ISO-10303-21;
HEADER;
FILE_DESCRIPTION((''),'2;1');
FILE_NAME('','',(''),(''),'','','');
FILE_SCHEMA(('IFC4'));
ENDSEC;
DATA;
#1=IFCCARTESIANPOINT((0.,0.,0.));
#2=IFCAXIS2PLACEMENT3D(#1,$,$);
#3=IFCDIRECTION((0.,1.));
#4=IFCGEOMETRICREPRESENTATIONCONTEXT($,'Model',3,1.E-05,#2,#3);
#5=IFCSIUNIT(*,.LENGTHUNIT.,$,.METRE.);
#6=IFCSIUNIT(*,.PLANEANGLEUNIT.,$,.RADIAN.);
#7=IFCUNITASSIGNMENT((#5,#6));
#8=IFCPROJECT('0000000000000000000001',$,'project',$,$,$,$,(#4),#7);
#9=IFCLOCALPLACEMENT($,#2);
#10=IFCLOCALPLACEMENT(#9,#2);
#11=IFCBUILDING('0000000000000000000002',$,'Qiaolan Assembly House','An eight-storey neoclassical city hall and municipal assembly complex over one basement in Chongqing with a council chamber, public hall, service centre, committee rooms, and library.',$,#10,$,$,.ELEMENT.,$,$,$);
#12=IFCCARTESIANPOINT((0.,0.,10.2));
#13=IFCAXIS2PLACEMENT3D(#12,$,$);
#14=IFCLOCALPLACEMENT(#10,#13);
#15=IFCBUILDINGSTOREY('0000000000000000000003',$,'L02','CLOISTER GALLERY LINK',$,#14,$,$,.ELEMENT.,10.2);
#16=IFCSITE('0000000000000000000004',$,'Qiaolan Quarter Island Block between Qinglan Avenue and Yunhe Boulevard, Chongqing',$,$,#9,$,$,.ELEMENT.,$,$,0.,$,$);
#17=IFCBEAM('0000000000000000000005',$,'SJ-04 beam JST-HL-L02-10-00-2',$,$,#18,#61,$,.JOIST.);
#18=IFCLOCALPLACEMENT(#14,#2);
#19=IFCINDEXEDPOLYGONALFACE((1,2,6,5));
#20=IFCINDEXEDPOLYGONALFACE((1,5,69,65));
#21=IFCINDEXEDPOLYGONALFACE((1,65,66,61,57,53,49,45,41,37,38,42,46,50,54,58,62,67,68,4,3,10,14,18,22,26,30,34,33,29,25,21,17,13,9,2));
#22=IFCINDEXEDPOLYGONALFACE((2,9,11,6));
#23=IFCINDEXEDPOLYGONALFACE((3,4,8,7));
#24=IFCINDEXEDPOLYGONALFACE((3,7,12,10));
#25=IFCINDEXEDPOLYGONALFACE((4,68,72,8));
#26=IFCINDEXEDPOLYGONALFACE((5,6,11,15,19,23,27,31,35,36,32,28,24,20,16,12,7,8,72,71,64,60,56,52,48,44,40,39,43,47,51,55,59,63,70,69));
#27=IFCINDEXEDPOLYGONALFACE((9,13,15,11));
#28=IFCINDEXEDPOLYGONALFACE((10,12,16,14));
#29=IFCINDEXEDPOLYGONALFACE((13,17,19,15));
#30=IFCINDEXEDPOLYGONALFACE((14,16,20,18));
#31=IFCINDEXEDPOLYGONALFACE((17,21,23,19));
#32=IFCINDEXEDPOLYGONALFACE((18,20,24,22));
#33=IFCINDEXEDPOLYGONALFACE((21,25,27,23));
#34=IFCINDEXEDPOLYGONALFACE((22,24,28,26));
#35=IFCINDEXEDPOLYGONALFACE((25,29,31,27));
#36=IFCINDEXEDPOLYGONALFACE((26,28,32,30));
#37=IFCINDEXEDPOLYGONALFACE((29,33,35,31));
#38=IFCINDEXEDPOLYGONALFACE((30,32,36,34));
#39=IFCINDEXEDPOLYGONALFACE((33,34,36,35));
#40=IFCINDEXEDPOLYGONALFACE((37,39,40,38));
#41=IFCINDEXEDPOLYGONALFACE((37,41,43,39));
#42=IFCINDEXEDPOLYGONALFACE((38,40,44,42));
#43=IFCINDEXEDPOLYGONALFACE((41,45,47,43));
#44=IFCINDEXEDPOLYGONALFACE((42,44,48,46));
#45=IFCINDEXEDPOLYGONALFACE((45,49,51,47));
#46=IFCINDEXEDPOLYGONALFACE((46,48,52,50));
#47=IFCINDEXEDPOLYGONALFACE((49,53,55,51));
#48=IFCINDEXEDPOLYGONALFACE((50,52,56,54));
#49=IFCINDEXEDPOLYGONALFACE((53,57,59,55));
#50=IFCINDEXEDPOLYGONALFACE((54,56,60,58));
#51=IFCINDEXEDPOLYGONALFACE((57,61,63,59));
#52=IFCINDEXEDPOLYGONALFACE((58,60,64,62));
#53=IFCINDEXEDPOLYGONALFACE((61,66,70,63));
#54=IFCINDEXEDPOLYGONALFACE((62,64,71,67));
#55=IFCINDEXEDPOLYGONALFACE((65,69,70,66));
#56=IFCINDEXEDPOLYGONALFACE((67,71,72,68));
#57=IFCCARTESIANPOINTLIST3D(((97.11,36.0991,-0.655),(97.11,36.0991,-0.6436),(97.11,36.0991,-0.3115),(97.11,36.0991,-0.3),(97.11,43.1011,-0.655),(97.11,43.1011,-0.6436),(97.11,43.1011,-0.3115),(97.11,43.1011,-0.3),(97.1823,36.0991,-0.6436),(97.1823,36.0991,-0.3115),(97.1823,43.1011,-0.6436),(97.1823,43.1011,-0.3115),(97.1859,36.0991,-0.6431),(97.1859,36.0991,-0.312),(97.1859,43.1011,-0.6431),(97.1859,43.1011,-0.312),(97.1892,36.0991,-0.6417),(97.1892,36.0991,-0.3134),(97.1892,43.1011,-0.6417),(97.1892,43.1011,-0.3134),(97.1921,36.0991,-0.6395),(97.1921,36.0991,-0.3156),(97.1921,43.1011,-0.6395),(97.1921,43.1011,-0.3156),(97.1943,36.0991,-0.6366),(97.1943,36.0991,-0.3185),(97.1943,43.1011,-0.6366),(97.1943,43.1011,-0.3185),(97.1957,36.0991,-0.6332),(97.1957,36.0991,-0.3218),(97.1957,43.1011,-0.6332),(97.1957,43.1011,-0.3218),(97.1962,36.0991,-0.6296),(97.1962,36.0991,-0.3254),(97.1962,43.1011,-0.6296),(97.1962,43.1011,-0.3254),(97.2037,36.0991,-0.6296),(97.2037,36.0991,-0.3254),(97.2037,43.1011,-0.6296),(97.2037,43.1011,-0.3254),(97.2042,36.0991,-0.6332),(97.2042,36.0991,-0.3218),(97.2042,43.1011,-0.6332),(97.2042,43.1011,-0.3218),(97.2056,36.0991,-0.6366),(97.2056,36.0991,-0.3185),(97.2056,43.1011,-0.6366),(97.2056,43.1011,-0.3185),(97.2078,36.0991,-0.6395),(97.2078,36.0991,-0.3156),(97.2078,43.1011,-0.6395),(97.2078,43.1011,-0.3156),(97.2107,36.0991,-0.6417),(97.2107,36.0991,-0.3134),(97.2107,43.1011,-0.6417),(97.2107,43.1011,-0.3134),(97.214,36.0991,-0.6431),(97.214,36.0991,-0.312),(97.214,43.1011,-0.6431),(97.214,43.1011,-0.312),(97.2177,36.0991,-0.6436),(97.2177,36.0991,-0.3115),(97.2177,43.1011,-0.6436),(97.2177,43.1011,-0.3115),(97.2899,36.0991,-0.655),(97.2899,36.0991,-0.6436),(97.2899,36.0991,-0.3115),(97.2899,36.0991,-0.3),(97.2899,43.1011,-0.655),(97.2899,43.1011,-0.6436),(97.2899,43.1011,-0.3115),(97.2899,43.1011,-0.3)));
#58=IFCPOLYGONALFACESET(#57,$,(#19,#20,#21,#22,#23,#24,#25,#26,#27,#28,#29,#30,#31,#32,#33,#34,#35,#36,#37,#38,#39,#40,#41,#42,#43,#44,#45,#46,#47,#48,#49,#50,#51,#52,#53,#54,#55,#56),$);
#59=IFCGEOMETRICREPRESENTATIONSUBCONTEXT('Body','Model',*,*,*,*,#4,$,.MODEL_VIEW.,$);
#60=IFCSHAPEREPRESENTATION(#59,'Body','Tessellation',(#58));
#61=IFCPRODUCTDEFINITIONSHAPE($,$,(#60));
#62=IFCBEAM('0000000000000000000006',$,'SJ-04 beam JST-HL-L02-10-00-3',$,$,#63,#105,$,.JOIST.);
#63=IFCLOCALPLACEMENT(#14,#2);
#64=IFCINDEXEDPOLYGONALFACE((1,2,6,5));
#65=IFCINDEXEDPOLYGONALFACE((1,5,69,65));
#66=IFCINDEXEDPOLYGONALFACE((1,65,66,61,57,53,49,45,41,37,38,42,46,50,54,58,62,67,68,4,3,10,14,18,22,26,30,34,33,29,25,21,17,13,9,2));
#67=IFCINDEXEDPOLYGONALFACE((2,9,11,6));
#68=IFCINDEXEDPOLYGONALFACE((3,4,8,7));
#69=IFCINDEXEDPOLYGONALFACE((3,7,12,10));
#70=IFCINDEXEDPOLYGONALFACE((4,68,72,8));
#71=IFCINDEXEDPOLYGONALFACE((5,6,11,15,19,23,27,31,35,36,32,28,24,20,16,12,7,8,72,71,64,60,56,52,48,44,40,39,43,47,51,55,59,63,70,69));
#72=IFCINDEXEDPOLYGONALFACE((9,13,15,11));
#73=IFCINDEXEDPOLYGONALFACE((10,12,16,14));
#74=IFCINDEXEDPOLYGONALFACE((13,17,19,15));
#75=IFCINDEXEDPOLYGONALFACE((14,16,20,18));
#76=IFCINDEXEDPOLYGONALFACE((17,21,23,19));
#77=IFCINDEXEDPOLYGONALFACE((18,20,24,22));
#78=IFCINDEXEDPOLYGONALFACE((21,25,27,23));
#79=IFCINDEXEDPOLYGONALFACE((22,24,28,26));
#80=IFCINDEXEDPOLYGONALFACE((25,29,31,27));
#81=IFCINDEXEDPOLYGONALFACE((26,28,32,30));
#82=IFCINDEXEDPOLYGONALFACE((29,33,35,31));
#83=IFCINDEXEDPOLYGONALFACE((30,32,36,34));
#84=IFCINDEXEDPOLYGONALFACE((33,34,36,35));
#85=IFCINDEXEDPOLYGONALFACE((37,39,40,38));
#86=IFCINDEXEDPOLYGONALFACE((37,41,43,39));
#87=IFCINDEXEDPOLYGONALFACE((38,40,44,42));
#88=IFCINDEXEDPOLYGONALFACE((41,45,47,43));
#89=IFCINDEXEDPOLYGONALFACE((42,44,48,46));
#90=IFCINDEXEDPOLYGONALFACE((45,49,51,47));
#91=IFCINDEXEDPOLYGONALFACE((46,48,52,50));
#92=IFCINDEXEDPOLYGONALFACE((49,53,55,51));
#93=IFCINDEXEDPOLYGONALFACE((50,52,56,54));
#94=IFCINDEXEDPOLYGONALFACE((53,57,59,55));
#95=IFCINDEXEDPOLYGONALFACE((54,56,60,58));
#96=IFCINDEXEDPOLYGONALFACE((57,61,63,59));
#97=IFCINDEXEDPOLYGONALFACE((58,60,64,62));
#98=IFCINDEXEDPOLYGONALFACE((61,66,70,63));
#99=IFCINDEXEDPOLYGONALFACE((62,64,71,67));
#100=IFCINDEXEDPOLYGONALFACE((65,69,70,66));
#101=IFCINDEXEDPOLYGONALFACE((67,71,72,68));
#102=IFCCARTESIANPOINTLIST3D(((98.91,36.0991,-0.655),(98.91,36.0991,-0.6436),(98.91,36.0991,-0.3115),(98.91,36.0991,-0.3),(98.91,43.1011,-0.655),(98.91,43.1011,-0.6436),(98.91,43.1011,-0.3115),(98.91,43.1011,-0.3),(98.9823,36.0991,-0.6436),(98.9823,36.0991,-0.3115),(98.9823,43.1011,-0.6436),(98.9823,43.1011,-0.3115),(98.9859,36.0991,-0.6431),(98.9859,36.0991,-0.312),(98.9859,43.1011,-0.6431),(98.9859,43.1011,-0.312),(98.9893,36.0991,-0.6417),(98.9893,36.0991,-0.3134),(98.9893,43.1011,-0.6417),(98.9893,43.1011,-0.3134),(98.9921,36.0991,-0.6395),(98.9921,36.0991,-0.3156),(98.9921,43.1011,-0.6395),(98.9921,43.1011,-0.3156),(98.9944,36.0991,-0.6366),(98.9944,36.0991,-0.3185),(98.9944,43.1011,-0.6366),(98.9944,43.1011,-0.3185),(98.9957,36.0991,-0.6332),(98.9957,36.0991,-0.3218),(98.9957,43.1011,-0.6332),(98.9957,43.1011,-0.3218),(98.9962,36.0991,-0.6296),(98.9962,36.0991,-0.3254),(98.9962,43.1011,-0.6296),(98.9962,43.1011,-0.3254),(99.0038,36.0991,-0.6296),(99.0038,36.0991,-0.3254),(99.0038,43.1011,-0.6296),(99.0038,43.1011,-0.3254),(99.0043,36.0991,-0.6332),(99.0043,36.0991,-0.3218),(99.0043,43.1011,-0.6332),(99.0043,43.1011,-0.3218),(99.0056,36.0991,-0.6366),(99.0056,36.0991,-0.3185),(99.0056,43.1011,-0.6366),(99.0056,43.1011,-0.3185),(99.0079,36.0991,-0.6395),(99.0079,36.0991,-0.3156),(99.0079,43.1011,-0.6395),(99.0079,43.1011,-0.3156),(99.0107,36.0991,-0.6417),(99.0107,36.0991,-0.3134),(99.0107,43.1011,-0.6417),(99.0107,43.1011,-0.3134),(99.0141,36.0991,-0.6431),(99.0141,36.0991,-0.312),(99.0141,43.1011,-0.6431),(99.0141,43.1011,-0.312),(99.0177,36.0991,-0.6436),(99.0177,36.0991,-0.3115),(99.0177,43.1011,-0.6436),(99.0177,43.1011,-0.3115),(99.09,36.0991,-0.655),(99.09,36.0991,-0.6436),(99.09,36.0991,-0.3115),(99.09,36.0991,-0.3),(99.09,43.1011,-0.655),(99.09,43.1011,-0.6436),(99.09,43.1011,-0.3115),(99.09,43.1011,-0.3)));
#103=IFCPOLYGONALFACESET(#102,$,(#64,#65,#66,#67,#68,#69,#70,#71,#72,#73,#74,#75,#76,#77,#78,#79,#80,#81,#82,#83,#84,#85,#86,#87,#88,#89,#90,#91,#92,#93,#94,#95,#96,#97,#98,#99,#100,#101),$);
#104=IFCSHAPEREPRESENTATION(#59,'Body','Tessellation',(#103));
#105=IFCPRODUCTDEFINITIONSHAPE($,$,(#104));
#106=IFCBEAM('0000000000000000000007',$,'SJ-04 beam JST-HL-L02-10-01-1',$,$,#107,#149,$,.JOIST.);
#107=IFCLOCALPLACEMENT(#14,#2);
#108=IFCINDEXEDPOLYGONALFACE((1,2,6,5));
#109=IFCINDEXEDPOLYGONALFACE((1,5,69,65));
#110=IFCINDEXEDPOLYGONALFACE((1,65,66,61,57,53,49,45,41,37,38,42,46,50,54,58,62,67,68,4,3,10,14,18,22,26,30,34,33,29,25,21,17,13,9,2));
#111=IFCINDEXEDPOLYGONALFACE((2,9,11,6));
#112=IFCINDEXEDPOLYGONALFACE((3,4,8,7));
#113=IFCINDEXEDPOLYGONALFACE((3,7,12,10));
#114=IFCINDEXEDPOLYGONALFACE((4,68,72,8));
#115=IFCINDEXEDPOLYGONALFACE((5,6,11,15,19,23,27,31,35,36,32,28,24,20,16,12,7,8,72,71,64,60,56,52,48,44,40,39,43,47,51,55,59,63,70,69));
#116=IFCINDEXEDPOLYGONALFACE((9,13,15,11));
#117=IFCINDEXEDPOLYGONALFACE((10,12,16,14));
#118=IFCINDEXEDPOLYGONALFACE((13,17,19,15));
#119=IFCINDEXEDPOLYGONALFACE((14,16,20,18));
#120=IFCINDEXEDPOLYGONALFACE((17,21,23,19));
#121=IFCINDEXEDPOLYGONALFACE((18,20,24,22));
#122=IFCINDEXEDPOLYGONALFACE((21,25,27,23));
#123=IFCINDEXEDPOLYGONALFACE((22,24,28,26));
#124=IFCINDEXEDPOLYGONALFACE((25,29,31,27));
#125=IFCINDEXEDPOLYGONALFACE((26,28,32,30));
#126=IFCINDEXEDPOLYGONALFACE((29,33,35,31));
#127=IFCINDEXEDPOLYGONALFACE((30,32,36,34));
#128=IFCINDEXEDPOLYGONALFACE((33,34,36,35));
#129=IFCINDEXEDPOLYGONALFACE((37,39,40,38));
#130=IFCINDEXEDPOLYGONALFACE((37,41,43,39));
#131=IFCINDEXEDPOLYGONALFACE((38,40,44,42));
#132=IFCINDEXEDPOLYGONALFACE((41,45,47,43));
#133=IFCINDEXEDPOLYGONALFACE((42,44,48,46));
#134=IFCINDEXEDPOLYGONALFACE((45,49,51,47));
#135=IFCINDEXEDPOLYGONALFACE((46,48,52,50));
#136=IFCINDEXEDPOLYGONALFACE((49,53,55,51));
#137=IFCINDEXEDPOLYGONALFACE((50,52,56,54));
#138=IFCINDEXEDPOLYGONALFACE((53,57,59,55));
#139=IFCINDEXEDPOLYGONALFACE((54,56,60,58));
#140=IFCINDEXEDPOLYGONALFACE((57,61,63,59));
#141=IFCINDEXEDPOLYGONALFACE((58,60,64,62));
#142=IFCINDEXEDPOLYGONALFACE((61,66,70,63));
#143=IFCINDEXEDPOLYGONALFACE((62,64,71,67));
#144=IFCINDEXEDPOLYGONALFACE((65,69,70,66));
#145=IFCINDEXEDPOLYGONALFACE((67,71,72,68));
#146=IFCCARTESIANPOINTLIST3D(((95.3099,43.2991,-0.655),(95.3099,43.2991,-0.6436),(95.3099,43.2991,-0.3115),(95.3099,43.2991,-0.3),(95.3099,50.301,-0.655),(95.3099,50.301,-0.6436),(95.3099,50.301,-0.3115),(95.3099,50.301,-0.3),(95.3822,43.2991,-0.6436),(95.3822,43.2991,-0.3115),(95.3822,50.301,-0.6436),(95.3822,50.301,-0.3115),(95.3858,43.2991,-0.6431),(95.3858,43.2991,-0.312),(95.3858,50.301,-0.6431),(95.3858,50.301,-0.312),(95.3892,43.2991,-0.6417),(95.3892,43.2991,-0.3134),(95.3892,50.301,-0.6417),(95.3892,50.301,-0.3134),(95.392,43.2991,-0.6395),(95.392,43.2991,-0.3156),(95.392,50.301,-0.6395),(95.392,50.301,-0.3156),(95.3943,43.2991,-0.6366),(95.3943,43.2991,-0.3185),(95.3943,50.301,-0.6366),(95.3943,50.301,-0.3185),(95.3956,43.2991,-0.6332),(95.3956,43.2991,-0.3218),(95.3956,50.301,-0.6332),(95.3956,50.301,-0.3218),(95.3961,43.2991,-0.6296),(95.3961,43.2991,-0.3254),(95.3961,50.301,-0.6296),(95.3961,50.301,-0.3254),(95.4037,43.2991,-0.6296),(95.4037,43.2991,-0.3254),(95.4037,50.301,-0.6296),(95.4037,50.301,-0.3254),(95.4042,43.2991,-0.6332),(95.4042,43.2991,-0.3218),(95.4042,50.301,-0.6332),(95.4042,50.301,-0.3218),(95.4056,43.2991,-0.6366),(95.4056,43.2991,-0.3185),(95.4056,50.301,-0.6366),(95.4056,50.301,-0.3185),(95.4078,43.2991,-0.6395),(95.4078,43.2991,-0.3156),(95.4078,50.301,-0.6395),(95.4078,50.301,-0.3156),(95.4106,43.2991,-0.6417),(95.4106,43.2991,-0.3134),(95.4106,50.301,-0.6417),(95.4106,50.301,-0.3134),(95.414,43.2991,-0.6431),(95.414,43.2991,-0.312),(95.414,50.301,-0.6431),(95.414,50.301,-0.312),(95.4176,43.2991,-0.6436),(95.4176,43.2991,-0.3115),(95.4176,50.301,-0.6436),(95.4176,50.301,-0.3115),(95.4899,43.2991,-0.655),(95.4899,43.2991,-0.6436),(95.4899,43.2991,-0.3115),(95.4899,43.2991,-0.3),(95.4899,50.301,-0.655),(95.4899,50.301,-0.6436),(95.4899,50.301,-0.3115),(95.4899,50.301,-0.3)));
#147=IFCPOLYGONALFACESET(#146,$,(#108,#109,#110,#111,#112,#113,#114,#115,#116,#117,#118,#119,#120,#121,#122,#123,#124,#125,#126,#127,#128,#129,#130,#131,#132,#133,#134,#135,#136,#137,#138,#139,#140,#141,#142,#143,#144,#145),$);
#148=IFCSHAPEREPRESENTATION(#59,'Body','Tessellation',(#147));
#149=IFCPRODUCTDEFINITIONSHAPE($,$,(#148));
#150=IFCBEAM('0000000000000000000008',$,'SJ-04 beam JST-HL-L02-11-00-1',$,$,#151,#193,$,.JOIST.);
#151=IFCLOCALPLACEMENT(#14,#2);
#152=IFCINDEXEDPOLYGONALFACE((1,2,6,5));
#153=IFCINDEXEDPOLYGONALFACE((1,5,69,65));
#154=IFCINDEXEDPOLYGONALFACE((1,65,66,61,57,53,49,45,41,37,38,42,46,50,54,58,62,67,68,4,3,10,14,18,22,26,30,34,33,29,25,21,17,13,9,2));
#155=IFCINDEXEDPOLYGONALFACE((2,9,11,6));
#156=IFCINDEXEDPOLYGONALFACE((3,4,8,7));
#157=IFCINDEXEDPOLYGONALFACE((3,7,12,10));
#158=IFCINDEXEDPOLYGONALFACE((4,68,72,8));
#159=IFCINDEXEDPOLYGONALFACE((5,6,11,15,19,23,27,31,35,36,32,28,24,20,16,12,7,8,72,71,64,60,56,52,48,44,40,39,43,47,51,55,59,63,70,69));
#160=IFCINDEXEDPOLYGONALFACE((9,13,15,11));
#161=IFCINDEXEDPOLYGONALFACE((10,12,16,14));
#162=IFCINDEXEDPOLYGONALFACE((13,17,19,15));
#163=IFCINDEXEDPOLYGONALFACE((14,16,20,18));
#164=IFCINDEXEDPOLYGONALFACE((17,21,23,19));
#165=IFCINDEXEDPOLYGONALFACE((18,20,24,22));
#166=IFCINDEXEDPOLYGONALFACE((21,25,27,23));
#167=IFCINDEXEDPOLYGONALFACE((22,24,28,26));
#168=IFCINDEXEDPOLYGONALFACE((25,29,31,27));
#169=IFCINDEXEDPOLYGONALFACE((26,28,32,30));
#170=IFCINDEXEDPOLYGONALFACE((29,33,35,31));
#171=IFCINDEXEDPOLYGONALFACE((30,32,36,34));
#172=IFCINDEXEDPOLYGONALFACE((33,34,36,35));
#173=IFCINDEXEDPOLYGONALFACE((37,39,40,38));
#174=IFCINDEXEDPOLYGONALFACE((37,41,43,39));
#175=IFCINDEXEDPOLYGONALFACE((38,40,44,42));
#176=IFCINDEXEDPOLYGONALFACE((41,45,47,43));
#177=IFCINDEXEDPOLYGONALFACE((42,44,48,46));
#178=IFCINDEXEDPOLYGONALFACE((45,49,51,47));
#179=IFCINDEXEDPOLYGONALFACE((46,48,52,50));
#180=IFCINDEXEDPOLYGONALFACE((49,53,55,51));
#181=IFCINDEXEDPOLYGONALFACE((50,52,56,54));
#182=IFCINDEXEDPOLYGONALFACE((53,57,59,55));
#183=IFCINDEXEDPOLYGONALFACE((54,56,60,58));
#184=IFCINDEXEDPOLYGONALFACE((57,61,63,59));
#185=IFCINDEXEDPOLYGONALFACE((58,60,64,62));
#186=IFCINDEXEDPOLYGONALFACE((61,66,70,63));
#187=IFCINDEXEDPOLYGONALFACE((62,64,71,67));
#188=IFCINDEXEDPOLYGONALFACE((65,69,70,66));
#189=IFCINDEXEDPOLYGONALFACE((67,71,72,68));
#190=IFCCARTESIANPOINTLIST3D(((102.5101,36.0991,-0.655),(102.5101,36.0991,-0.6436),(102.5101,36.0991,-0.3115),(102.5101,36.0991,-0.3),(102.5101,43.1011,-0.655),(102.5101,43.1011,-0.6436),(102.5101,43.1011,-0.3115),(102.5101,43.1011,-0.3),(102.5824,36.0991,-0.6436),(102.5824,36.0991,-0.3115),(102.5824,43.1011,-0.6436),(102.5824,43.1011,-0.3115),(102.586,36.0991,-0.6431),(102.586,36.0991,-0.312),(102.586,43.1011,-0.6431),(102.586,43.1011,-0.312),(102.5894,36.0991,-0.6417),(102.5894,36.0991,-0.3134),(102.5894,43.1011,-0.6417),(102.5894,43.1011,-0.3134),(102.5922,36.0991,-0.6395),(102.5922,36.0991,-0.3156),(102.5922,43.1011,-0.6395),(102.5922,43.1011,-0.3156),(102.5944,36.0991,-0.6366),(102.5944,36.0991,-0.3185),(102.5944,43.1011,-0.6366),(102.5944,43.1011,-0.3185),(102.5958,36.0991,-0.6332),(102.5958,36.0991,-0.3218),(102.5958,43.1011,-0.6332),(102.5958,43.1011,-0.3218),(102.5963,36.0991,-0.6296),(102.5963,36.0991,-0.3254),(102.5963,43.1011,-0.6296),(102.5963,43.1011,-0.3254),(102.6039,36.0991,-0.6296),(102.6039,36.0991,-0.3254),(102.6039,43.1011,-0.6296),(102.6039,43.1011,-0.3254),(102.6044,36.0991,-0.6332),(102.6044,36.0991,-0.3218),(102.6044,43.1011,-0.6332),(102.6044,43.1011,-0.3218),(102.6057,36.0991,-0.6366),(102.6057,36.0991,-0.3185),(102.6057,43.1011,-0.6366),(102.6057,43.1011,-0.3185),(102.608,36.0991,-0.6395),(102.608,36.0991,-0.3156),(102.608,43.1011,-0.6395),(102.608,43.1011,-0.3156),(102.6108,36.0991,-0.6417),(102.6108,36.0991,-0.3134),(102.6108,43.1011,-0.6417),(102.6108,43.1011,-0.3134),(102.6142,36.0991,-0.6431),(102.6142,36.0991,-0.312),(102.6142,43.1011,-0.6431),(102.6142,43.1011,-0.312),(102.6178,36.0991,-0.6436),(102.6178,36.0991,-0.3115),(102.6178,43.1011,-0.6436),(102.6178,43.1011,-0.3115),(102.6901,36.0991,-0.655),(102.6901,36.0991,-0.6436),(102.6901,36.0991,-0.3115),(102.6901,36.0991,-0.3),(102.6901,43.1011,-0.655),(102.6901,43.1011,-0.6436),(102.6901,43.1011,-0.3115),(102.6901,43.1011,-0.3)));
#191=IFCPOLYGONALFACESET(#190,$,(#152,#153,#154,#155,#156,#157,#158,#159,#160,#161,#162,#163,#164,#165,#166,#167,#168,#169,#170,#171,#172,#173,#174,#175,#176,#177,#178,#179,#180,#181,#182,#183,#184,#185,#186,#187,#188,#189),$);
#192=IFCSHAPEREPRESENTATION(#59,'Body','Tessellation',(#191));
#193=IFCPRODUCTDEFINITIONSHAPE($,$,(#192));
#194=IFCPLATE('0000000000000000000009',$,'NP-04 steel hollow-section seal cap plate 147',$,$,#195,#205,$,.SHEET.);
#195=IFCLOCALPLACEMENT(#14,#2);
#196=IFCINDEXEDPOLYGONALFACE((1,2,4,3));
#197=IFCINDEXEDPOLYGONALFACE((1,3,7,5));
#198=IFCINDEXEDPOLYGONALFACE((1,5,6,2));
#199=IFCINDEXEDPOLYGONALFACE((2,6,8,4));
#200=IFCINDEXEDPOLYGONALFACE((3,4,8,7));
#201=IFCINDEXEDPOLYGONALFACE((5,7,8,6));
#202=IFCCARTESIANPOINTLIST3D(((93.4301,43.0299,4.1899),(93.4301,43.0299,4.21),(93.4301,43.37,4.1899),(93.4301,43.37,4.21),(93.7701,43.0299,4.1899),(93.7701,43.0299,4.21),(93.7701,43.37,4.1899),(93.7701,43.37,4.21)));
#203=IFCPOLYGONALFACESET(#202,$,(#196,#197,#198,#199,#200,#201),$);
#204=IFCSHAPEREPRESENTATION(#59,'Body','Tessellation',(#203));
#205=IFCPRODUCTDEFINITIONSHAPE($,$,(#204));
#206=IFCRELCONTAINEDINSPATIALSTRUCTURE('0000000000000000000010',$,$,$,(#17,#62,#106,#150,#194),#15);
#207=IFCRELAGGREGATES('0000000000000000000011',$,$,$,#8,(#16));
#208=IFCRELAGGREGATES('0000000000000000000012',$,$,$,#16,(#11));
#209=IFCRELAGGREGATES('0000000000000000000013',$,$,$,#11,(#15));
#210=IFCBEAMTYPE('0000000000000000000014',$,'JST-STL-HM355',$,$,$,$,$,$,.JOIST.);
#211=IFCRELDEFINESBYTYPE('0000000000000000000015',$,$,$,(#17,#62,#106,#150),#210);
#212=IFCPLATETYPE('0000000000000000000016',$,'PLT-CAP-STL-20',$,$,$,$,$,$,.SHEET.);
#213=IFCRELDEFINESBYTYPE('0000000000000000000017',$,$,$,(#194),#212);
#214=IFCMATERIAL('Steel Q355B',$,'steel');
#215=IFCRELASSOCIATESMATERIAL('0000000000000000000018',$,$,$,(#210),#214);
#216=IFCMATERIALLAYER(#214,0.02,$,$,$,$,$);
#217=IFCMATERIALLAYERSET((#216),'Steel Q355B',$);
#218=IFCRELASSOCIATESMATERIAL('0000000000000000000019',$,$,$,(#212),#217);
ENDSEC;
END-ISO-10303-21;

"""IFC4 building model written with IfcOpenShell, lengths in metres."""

from ifc_helpers import new_model, si_unit, direction, frame, origin, origin_2d, place, context, subcontext, project, spatial, rectangle, i_section, extrude, material, layer, layer_set, material_profile, profile_set, type_object, element, save


model = new_model("IFC4")

# Units and contexts
model_context = context("Model", 3, precision=1e-05, world=origin(), true_north=direction((0.0, 1.0)))
body_context = subcontext(model_context, "Body", "Model", "MODEL_VIEW")
ifc_project = project(units=[si_unit("LENGTHUNIT", "METRE"), si_unit("PLANEANGLEUNIT", "RADIAN")], contexts=[model_context])

# Site, building, storey
site_placement = place(None, origin())
site = spatial("IfcSite", under=ifc_project, at=site_placement, Name="Qiaolan Quarter Island Block between Qinglan Avenue and Yunhe Boulevard, Chongqing", CompositionType="ELEMENT", RefElevation=0.0)
building_placement = place(site_placement, origin())
building = spatial("IfcBuilding", under=site, at=building_placement, Name="Qiaolan Assembly House", Description="An eight-storey neoclassical city hall and municipal assembly complex over one basement in Chongqing with a council chamber, public hall, service centre, committee rooms, and library.", CompositionType="ELEMENT")
storey_placement = place(building_placement, frame((0.0, 0.0, 10.2)))
storey = spatial("IfcBuildingStorey", under=building, at=storey_placement, Name="L02", Description="CLOISTER GALLERY LINK", CompositionType="ELEMENT", Elevation=10.2)

# Shared definitions
ifc_material_1 = material(Name="Steel Q355B", Category="steel")

# Beams
ifc_material_profile_1 = material_profile(ifc_material_1, i_section(OverallWidth=0.1799, OverallDepth=0.355, WebThickness=0.0076, FlangeThickness=0.0115, FilletRadius=0.0139, at=origin_2d()), Name="HM 355x180x7.5x11.5")
ifc_profile_set_1 = profile_set([ifc_material_profile_1], Name="Steel Q355B")
beam_type_1 = type_object("IfcBeamType", Name="JST-STL-HM355", PredefinedType="JOIST", material=ifc_profile_set_1)
for number, where, z_axis, x_axis, name in (
    (1, (97.2, 36.0991, -0.4775), (0.0, 1.0, 0.0), (-1.0, 0.0, 0.0), "SJ-04 beam JST-HL-L02-10-00-2"),
    (2, (99.0, 36.0991, -0.4775), (0.0, 1.0, 0.0), (-1.0, 0.0, 0.0), "SJ-04 beam JST-HL-L02-10-00-3"),
    (3, (95.3999, 43.2991, -0.4775), (0.0, 1.0, 0.0), (-1.0, 0.0, 0.0), "SJ-04 beam JST-HL-L02-10-01-1"),
    (4, (102.6001, 36.0991, -0.4775), (0.0, 1.0, 0.0), (-1.0, 0.0, 0.0), "SJ-04 beam JST-HL-L02-11-00-1"),
):
    element("IfcBeam", number, at=place(storey_placement, frame(where, z_axis=z_axis, x_axis=x_axis)), inside=storey, type_object=beam_type_1, Name=name, PredefinedType="JOIST", context=body_context, shape_type="SweptSolid", body=[
        extrude(i_section(OverallWidth=0.1799, OverallDepth=0.355, WebThickness=0.0076, FlangeThickness=0.0115, FilletRadius=0.0139, at=origin_2d()), origin(), (0.0, 0.0, 1.0), 7.002),
    ])

# Plate
ifc_layer_1 = layer(ifc_material_1, 0.02)
ifc_layer_set_1 = layer_set([ifc_layer_1], Name="Steel Q355B")
plate_type = type_object("IfcPlateType", Name="PLT-CAP-STL-20", PredefinedType="SHEET", material=ifc_layer_set_1)
plate_placement = place(storey_placement, frame((93.6001, 43.2, 4.1899), z_axis=(0.0, 0.0, 1.0), x_axis=(1.0, 0.0, 0.0)))
element("IfcPlate", 5, at=plate_placement, inside=storey, type_object=plate_type, Name="NP-04 steel hollow-section seal cap plate 147", PredefinedType="SHEET", context=body_context, shape_type="SweptSolid", body=[
    extrude(rectangle(XDim=0.3401, YDim=0.3401, at=origin_2d()), origin(), (0.0, 0.0, 1.0), 0.02),
])

save(model, "model.ifc")
